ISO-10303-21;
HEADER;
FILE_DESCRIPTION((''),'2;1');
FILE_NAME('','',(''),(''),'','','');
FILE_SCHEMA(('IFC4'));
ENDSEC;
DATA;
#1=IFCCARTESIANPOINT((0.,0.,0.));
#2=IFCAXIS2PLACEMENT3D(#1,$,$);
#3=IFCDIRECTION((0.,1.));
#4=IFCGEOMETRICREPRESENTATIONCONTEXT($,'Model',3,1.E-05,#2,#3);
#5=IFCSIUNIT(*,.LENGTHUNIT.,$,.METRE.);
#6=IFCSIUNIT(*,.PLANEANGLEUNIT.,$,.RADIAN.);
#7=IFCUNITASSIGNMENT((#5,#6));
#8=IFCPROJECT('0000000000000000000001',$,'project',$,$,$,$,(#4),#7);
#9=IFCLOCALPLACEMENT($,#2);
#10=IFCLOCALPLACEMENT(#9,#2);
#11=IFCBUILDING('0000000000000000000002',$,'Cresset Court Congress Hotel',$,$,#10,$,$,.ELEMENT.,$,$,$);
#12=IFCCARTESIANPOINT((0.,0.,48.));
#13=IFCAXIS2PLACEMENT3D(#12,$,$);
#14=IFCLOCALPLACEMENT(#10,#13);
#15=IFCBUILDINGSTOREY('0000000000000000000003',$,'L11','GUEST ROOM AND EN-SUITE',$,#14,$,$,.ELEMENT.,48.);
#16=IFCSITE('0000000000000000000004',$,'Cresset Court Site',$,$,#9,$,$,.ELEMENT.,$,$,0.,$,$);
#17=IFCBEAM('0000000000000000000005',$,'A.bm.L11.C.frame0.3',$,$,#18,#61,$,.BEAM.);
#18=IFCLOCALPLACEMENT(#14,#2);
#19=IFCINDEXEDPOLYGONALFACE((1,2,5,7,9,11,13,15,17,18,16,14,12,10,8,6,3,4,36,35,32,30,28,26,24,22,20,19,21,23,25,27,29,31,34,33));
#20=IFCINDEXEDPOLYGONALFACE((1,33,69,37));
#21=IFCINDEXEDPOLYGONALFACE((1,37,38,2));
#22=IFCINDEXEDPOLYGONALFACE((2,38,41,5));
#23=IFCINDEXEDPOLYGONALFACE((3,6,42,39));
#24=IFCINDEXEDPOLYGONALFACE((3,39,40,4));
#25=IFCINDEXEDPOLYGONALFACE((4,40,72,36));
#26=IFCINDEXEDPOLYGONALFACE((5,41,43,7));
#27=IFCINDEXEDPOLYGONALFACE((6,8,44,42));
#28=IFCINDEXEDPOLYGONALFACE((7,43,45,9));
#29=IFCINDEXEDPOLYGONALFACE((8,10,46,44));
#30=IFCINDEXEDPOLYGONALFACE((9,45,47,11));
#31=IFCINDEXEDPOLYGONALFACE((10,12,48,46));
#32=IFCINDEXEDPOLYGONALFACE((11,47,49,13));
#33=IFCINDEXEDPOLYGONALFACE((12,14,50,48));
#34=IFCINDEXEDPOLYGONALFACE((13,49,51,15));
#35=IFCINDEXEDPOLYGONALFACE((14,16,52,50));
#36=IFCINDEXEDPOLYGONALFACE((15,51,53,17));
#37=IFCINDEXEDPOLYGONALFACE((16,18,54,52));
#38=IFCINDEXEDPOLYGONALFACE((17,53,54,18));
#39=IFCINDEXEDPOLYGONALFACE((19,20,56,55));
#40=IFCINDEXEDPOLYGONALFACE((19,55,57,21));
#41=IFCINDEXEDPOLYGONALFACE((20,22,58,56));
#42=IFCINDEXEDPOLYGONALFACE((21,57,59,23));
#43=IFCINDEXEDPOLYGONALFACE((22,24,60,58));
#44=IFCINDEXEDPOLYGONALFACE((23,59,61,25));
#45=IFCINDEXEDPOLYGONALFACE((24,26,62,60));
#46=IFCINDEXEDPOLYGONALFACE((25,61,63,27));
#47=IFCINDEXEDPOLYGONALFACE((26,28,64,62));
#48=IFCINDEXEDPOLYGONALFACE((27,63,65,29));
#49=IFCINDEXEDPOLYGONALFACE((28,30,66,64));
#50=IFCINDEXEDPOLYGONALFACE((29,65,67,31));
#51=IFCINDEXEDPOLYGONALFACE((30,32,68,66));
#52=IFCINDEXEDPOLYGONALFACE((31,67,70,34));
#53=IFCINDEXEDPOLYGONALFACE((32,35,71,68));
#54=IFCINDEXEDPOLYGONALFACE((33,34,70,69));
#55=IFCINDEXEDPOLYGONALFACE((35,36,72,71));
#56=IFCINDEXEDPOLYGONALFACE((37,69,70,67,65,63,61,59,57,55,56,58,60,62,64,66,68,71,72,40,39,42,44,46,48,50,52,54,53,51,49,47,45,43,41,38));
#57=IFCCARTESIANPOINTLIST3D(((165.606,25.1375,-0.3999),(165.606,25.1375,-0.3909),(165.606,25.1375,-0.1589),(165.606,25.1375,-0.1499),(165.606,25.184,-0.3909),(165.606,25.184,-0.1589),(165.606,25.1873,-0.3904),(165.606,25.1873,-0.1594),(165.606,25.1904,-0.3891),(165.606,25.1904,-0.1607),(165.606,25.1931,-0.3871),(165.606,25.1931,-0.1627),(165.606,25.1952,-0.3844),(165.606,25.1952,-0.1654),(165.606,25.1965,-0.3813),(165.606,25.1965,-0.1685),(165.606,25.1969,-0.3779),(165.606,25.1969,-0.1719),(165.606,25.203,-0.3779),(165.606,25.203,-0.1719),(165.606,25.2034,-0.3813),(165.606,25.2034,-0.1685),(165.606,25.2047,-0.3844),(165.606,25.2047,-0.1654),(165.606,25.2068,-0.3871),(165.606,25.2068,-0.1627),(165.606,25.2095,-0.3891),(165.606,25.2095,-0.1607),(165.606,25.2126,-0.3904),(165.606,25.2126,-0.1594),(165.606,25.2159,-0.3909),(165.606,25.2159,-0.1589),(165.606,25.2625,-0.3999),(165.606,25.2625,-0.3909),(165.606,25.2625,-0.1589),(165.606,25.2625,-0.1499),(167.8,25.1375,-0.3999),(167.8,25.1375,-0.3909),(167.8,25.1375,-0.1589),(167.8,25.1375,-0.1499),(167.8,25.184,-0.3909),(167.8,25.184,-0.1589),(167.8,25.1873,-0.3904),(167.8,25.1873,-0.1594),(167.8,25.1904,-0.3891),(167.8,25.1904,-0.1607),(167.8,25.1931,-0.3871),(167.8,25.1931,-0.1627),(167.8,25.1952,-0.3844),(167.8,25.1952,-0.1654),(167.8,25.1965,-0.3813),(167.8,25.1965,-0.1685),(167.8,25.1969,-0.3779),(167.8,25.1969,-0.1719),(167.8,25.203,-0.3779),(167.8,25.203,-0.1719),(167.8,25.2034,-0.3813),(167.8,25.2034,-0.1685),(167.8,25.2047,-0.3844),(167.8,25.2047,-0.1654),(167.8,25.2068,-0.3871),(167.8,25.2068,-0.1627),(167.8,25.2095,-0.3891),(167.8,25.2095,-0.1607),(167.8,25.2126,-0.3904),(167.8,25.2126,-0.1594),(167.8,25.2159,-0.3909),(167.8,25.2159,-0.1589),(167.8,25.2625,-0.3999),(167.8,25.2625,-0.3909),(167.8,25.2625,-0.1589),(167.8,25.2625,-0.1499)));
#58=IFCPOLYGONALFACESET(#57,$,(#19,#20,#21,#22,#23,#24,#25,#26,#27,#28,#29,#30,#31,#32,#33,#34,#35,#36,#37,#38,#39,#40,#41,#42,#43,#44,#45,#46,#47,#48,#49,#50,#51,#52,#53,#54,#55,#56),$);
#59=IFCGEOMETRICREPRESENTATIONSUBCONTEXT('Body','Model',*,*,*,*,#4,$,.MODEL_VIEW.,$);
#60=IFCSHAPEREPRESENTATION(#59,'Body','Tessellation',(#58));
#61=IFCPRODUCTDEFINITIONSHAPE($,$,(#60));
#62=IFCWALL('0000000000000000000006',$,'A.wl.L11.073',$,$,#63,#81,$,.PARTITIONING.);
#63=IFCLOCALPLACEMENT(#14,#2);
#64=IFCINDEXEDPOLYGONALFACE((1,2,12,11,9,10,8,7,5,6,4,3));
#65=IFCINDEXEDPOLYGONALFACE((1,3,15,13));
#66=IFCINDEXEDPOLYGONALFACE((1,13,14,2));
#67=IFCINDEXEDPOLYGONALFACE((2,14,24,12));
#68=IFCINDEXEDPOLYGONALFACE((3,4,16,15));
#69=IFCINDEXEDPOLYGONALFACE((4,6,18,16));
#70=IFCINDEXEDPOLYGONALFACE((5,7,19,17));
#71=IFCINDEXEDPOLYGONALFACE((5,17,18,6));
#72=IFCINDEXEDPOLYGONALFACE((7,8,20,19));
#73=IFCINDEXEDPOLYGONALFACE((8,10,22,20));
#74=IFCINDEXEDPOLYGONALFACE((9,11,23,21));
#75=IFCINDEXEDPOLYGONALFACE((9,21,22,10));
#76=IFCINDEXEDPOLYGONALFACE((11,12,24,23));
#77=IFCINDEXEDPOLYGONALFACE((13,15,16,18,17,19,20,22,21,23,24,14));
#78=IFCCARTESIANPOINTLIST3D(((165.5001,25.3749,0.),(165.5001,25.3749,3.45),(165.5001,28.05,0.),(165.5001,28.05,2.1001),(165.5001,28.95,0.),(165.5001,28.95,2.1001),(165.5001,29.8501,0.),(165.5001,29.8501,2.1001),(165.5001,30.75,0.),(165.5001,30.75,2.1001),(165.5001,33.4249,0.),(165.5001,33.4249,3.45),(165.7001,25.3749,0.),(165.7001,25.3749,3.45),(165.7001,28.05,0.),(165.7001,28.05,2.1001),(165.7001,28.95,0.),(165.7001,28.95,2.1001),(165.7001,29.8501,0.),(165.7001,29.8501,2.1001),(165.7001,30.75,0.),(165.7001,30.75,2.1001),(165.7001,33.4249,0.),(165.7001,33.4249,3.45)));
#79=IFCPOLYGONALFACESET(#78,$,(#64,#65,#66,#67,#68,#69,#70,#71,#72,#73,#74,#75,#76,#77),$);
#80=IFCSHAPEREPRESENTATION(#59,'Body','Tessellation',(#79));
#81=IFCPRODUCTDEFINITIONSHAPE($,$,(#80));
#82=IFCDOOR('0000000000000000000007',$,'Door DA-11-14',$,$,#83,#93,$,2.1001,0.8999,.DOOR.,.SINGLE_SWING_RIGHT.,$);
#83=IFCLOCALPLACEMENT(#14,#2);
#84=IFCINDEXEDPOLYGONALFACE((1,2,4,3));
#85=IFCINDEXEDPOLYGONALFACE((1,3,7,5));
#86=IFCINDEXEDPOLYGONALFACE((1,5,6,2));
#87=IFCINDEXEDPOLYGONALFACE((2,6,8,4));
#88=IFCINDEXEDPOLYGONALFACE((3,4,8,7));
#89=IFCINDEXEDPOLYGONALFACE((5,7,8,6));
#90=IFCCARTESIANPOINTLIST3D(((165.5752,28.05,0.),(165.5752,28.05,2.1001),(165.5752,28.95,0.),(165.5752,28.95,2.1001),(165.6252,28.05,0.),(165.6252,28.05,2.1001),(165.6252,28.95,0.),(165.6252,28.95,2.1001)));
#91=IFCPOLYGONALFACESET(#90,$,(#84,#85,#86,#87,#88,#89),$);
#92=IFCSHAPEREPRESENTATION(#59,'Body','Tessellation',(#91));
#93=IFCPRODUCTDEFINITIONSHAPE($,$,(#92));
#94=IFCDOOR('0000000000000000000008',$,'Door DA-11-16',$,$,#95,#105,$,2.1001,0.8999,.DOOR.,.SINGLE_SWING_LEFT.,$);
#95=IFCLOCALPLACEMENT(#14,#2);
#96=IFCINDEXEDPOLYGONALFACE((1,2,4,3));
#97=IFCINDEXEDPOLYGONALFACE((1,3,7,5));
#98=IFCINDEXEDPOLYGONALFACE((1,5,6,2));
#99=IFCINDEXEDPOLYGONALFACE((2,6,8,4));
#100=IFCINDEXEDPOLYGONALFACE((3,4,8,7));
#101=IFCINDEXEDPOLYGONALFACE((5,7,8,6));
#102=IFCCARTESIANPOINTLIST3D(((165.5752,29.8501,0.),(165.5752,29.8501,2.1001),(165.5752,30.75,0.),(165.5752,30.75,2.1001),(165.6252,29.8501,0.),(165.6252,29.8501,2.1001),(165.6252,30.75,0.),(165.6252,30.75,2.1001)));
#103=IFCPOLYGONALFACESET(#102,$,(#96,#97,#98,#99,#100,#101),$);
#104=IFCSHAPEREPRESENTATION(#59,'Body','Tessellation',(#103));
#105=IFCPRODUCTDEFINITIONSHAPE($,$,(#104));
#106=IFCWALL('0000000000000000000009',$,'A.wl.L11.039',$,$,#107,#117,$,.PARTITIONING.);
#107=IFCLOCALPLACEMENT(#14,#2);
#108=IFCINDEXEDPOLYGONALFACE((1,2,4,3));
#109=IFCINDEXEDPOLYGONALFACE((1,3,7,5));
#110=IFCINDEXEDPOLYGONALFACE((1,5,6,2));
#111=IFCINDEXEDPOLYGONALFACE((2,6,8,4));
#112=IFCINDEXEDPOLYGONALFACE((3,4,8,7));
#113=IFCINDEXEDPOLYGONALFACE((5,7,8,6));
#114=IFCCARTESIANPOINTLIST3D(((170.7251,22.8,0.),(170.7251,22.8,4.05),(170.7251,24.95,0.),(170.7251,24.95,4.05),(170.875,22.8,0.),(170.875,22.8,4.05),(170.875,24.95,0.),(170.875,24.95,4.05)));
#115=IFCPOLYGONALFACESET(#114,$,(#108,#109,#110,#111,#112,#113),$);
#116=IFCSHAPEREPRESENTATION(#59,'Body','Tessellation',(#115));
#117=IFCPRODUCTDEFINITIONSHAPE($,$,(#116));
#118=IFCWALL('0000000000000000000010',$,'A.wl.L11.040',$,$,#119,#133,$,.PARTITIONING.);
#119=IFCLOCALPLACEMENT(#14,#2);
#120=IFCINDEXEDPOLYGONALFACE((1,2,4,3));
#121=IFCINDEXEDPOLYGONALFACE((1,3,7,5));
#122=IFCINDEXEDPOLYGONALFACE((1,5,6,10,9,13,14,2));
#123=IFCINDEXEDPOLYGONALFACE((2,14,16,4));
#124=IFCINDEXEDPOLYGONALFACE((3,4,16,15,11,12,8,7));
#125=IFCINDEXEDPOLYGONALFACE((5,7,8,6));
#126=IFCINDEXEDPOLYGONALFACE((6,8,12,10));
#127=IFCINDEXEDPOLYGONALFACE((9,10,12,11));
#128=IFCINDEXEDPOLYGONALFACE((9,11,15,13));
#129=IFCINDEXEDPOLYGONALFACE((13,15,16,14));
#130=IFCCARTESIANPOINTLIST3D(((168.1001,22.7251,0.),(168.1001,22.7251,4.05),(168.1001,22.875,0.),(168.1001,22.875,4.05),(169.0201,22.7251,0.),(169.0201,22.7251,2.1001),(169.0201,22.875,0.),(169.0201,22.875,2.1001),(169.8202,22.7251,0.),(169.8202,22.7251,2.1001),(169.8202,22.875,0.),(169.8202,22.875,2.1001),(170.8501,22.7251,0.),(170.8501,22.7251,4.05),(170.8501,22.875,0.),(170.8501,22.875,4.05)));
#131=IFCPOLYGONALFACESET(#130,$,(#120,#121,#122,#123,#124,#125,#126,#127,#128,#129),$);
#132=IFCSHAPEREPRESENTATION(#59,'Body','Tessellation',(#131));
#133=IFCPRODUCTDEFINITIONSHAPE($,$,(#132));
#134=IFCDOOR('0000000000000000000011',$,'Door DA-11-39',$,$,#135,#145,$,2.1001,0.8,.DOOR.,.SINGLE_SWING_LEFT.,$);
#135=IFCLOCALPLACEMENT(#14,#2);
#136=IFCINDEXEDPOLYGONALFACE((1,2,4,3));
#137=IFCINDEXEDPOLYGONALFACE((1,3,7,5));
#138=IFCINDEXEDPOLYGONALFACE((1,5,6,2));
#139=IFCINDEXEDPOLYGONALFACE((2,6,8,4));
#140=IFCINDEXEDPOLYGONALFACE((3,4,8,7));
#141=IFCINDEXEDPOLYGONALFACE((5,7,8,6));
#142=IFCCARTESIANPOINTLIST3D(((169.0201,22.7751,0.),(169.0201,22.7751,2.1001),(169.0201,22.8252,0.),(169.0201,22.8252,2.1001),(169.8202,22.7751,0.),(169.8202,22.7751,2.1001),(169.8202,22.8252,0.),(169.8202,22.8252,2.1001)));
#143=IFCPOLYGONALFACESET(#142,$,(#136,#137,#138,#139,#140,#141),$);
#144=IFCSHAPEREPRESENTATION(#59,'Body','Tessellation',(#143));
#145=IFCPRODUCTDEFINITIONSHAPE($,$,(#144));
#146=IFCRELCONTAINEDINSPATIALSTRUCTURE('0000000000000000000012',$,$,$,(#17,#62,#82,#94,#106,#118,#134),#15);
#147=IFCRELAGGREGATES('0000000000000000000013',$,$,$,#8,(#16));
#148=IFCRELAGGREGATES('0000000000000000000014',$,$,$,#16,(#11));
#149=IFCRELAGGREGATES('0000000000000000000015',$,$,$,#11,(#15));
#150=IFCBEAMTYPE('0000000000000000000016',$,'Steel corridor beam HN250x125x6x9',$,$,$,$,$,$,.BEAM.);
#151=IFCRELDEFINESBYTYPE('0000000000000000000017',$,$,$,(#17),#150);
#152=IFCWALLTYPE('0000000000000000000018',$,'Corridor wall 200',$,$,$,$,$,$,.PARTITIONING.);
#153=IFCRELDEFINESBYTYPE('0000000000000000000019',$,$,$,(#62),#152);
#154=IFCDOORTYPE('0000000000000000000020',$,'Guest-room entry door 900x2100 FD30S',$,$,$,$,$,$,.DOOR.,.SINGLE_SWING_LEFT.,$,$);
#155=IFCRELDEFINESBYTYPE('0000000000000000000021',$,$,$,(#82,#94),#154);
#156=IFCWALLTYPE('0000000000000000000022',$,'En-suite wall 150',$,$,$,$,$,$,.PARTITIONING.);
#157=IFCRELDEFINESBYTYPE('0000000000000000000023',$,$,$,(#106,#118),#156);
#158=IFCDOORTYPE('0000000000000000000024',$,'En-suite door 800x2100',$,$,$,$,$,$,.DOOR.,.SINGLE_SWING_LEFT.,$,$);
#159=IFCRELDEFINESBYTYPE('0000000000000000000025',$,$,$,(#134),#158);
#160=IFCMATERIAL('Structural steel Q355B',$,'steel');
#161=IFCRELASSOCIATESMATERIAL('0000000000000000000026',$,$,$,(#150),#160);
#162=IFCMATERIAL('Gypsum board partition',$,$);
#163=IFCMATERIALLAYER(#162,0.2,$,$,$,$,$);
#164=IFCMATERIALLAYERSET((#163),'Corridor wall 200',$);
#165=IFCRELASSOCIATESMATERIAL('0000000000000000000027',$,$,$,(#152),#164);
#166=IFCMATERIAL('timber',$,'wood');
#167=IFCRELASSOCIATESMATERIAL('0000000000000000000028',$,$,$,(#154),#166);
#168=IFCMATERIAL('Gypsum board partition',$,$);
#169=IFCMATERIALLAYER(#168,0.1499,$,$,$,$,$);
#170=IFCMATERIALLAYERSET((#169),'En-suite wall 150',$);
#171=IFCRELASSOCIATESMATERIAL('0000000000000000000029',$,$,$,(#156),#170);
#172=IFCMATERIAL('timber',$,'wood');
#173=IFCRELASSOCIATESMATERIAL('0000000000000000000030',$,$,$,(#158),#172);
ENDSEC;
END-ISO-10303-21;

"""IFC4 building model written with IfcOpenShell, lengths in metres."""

from ifc_helpers import new_model, si_unit, direction, frame, frame_2d, origin, origin_2d, place, context, subcontext, project, spatial, rectangle, i_section, extrude, material, layer, layer_set, material_profile, profile_set, type_object, element, fill, save


model = new_model("IFC4")

# Units and contexts
model_context = context("Model", 3, precision=1e-05, world=origin(), true_north=direction((0.0, 1.0)))
body_context = subcontext(model_context, "Body", "Model", "MODEL_VIEW")
ifc_project = project(units=[si_unit("LENGTHUNIT", "METRE"), si_unit("PLANEANGLEUNIT", "RADIAN")], contexts=[model_context])

# Site, building, storey
site_placement = place(None, origin())
site = spatial("IfcSite", under=ifc_project, at=site_placement, Name="Cresset Court Site", CompositionType="ELEMENT", RefElevation=0.0)
building_placement = place(site_placement, origin())
building = spatial("IfcBuilding", under=site, at=building_placement, Name="Cresset Court Congress Hotel", CompositionType="ELEMENT")
storey_placement = place(building_placement, frame((0.0, 0.0, 48.0)))
storey = spatial("IfcBuildingStorey", under=building, at=storey_placement, Name="L11", Description="GUEST ROOM AND EN-SUITE", CompositionType="ELEMENT", Elevation=48.0)

# Beam
ifc_material_1 = material(Name="Structural steel Q355B", Category="steel")
ifc_material_profile = material_profile(ifc_material_1, i_section(OverallWidth=0.125, OverallDepth=0.25, WebThickness=0.0061, FlangeThickness=0.009, FilletRadius=0.0129, at=origin_2d()), Name="HN250x125x6x9")
ifc_profile_set = profile_set([ifc_material_profile], Name="Structural steel Q355B")
beam_type = type_object("IfcBeamType", Name="Steel corridor beam HN250x125x6x9", PredefinedType="BEAM", material=ifc_profile_set)
beam_placement = place(storey_placement, frame((165.606, 25.2, -0.2749), z_axis=(1.0, 0.0, 0.0), x_axis=(0.0, 1.0, 0.0)))
element("IfcBeam", 1, at=beam_placement, inside=storey, type_object=beam_type, Name="A.bm.L11.C.frame0.3", PredefinedType="BEAM", context=body_context, shape_type="SweptSolid", body=[
    extrude(i_section(OverallWidth=0.125, OverallDepth=0.25, WebThickness=0.0061, FlangeThickness=0.009, FilletRadius=0.0129, at=origin_2d()), origin(), (0.0, 0.0, 1.0), 2.1941),
])

# Wall, openings, doors
ifc_material_2 = material(Name="Gypsum board partition")
ifc_layer_1 = layer(ifc_material_2, 0.2)
ifc_layer_set_1 = layer_set([ifc_layer_1], Name="Corridor wall 200")
wall_type_1 = type_object("IfcWallType", Name="Corridor wall 200", PredefinedType="PARTITIONING", material=ifc_layer_set_1)
wall_1_placement = place(storey_placement, frame((165.6001, 25.375, 0.0), z_axis=(0.0, 0.0, 1.0), x_axis=(0.0, 1.0, 0.0)))
wall_1 = element("IfcWall", 2, at=wall_1_placement, inside=storey, type_object=wall_type_1, Name="A.wl.L11.073", PredefinedType="PARTITIONING", context=body_context, shape_type="SweptSolid", body=[
    extrude(rectangle(XDim=8.05, YDim=0.2, at=frame_2d((4.0249, 0.0))), origin(), (0.0, 0.0, 1.0), 3.45),
])
opening_1_placement = place(wall_1_placement, frame((2.675, 0.0, 0.0)))
opening_1 = element("IfcOpeningElement", 3, at=opening_1_placement, cuts=wall_1, PredefinedType="OPENING", context=body_context, shape_type="SweptSolid", body=[
    extrude(rectangle(XDim=0.8999, YDim=2.1001, at=frame_2d((0.45, 1.05))), frame((0.0, 0.1099, 0.0), z_axis=(0.0, -1.0, 0.0), x_axis=(1.0, 0.0, 0.0)), (0.0, 0.0, 1.0), 0.22),
])
opening_2_placement = place(wall_1_placement, frame((4.4751, 0.0, 0.0)))
opening_2 = element("IfcOpeningElement", 4, at=opening_2_placement, cuts=wall_1, PredefinedType="OPENING", context=body_context, shape_type="SweptSolid", body=[
    extrude(rectangle(XDim=0.8999, YDim=2.1001, at=frame_2d((0.45, 1.05))), frame((0.0, 0.1099, 0.0), z_axis=(0.0, -1.0, 0.0), x_axis=(1.0, 0.0, 0.0)), (0.0, 0.0, 1.0), 0.22),
])
ifc_material_3 = material(Name="timber", Category="wood")
door_type_1 = type_object("IfcDoorType", Name="Guest-room entry door 900x2100 FD30S", OperationType="SINGLE_SWING_LEFT", PredefinedType="DOOR", material=ifc_material_3)
door_1_placement = place(opening_1_placement, origin())
door_1 = element("IfcDoor", 5, at=door_1_placement, inside=storey, type_object=door_type_1, Name="Door DA-11-14", OperationType="SINGLE_SWING_RIGHT", OverallHeight=2.1001, OverallWidth=0.8999, PredefinedType="DOOR", context=body_context, shape_type="SweptSolid", body=[
    extrude(rectangle(XDim=0.8999, YDim=2.1001, at=frame_2d((0.45, 1.05))), frame((0.0, 0.0249, 0.0), z_axis=(0.0, -1.0, 0.0), x_axis=(1.0, 0.0, 0.0)), (0.0, 0.0, 1.0), 0.05),
])
fill(opening_1, door_1)
door_2_placement = place(opening_2_placement, origin())
door_2 = element("IfcDoor", 6, at=door_2_placement, inside=storey, type_object=door_type_1, Name="Door DA-11-16", OperationType="SINGLE_SWING_LEFT", OverallHeight=2.1001, OverallWidth=0.8999, PredefinedType="DOOR", context=body_context, shape_type="SweptSolid", body=[
    extrude(rectangle(XDim=0.8999, YDim=2.1001, at=frame_2d((0.45, 1.05))), frame((0.0, 0.0249, 0.0), z_axis=(0.0, -1.0, 0.0), x_axis=(1.0, 0.0, 0.0)), (0.0, 0.0, 1.0), 0.05),
])
fill(opening_2, door_2)

# Wall
ifc_material_4 = material(Name="Gypsum board partition")
ifc_layer_2 = layer(ifc_material_4, 0.1499)
ifc_layer_set_2 = layer_set([ifc_layer_2], Name="En-suite wall 150")
wall_type_2 = type_object("IfcWallType", Name="En-suite wall 150", PredefinedType="PARTITIONING", material=ifc_layer_set_2)
wall_2_placement = place(storey_placement, frame((170.8, 22.8, 0.0), z_axis=(0.0, 0.0, 1.0), x_axis=(0.0, 1.0, 0.0)))
element("IfcWall", 7, at=wall_2_placement, inside=storey, type_object=wall_type_2, Name="A.wl.L11.039", PredefinedType="PARTITIONING", context=body_context, shape_type="SweptSolid", body=[
    extrude(rectangle(XDim=2.1499, YDim=0.1499, at=frame_2d((1.075, 0.0))), origin(), (0.0, 0.0, 1.0), 4.05),
])

# Wall, opening, door
wall_3_placement = place(storey_placement, frame((170.8501, 22.8, 0.0), z_axis=(0.0, 0.0, 1.0), x_axis=(-1.0, 0.0, 0.0)))
wall_3 = element("IfcWall", 8, at=wall_3_placement, inside=storey, type_object=wall_type_2, Name="A.wl.L11.040", PredefinedType="PARTITIONING", context=body_context, shape_type="SweptSolid", body=[
    extrude(rectangle(XDim=2.75, YDim=0.1499, at=frame_2d((1.375, 0.0))), origin(), (0.0, 0.0, 1.0), 4.05),
])
opening_3_placement = place(wall_3_placement, frame((1.03, 0.0, 0.0)))
opening_3 = element("IfcOpeningElement", 9, at=opening_3_placement, cuts=wall_3, PredefinedType="OPENING", context=body_context, shape_type="SweptSolid", body=[
    extrude(rectangle(XDim=0.8, YDim=2.1001, at=frame_2d((0.3999, 1.05))), frame((0.0, 0.085, 0.0), z_axis=(0.0, -1.0, 0.0), x_axis=(1.0, 0.0, 0.0)), (0.0, 0.0, 1.0), 0.1699),
])
ifc_material_5 = material(Name="timber", Category="wood")
door_type_2 = type_object("IfcDoorType", Name="En-suite door 800x2100", OperationType="SINGLE_SWING_LEFT", PredefinedType="DOOR", material=ifc_material_5)
door_3_placement = place(opening_3_placement, origin())
door_3 = element("IfcDoor", 10, at=door_3_placement, inside=storey, type_object=door_type_2, Name="Door DA-11-39", OperationType="SINGLE_SWING_LEFT", OverallHeight=2.1001, OverallWidth=0.8, PredefinedType="DOOR", context=body_context, shape_type="SweptSolid", body=[
    extrude(rectangle(XDim=0.8, YDim=2.1001, at=frame_2d((0.3999, 1.05))), frame((0.0, 0.0249, 0.0), z_axis=(0.0, -1.0, 0.0), x_axis=(1.0, 0.0, 0.0)), (0.0, 0.0, 1.0), 0.05),
])
fill(opening_3, door_3)

save(model, "model.ifc")
